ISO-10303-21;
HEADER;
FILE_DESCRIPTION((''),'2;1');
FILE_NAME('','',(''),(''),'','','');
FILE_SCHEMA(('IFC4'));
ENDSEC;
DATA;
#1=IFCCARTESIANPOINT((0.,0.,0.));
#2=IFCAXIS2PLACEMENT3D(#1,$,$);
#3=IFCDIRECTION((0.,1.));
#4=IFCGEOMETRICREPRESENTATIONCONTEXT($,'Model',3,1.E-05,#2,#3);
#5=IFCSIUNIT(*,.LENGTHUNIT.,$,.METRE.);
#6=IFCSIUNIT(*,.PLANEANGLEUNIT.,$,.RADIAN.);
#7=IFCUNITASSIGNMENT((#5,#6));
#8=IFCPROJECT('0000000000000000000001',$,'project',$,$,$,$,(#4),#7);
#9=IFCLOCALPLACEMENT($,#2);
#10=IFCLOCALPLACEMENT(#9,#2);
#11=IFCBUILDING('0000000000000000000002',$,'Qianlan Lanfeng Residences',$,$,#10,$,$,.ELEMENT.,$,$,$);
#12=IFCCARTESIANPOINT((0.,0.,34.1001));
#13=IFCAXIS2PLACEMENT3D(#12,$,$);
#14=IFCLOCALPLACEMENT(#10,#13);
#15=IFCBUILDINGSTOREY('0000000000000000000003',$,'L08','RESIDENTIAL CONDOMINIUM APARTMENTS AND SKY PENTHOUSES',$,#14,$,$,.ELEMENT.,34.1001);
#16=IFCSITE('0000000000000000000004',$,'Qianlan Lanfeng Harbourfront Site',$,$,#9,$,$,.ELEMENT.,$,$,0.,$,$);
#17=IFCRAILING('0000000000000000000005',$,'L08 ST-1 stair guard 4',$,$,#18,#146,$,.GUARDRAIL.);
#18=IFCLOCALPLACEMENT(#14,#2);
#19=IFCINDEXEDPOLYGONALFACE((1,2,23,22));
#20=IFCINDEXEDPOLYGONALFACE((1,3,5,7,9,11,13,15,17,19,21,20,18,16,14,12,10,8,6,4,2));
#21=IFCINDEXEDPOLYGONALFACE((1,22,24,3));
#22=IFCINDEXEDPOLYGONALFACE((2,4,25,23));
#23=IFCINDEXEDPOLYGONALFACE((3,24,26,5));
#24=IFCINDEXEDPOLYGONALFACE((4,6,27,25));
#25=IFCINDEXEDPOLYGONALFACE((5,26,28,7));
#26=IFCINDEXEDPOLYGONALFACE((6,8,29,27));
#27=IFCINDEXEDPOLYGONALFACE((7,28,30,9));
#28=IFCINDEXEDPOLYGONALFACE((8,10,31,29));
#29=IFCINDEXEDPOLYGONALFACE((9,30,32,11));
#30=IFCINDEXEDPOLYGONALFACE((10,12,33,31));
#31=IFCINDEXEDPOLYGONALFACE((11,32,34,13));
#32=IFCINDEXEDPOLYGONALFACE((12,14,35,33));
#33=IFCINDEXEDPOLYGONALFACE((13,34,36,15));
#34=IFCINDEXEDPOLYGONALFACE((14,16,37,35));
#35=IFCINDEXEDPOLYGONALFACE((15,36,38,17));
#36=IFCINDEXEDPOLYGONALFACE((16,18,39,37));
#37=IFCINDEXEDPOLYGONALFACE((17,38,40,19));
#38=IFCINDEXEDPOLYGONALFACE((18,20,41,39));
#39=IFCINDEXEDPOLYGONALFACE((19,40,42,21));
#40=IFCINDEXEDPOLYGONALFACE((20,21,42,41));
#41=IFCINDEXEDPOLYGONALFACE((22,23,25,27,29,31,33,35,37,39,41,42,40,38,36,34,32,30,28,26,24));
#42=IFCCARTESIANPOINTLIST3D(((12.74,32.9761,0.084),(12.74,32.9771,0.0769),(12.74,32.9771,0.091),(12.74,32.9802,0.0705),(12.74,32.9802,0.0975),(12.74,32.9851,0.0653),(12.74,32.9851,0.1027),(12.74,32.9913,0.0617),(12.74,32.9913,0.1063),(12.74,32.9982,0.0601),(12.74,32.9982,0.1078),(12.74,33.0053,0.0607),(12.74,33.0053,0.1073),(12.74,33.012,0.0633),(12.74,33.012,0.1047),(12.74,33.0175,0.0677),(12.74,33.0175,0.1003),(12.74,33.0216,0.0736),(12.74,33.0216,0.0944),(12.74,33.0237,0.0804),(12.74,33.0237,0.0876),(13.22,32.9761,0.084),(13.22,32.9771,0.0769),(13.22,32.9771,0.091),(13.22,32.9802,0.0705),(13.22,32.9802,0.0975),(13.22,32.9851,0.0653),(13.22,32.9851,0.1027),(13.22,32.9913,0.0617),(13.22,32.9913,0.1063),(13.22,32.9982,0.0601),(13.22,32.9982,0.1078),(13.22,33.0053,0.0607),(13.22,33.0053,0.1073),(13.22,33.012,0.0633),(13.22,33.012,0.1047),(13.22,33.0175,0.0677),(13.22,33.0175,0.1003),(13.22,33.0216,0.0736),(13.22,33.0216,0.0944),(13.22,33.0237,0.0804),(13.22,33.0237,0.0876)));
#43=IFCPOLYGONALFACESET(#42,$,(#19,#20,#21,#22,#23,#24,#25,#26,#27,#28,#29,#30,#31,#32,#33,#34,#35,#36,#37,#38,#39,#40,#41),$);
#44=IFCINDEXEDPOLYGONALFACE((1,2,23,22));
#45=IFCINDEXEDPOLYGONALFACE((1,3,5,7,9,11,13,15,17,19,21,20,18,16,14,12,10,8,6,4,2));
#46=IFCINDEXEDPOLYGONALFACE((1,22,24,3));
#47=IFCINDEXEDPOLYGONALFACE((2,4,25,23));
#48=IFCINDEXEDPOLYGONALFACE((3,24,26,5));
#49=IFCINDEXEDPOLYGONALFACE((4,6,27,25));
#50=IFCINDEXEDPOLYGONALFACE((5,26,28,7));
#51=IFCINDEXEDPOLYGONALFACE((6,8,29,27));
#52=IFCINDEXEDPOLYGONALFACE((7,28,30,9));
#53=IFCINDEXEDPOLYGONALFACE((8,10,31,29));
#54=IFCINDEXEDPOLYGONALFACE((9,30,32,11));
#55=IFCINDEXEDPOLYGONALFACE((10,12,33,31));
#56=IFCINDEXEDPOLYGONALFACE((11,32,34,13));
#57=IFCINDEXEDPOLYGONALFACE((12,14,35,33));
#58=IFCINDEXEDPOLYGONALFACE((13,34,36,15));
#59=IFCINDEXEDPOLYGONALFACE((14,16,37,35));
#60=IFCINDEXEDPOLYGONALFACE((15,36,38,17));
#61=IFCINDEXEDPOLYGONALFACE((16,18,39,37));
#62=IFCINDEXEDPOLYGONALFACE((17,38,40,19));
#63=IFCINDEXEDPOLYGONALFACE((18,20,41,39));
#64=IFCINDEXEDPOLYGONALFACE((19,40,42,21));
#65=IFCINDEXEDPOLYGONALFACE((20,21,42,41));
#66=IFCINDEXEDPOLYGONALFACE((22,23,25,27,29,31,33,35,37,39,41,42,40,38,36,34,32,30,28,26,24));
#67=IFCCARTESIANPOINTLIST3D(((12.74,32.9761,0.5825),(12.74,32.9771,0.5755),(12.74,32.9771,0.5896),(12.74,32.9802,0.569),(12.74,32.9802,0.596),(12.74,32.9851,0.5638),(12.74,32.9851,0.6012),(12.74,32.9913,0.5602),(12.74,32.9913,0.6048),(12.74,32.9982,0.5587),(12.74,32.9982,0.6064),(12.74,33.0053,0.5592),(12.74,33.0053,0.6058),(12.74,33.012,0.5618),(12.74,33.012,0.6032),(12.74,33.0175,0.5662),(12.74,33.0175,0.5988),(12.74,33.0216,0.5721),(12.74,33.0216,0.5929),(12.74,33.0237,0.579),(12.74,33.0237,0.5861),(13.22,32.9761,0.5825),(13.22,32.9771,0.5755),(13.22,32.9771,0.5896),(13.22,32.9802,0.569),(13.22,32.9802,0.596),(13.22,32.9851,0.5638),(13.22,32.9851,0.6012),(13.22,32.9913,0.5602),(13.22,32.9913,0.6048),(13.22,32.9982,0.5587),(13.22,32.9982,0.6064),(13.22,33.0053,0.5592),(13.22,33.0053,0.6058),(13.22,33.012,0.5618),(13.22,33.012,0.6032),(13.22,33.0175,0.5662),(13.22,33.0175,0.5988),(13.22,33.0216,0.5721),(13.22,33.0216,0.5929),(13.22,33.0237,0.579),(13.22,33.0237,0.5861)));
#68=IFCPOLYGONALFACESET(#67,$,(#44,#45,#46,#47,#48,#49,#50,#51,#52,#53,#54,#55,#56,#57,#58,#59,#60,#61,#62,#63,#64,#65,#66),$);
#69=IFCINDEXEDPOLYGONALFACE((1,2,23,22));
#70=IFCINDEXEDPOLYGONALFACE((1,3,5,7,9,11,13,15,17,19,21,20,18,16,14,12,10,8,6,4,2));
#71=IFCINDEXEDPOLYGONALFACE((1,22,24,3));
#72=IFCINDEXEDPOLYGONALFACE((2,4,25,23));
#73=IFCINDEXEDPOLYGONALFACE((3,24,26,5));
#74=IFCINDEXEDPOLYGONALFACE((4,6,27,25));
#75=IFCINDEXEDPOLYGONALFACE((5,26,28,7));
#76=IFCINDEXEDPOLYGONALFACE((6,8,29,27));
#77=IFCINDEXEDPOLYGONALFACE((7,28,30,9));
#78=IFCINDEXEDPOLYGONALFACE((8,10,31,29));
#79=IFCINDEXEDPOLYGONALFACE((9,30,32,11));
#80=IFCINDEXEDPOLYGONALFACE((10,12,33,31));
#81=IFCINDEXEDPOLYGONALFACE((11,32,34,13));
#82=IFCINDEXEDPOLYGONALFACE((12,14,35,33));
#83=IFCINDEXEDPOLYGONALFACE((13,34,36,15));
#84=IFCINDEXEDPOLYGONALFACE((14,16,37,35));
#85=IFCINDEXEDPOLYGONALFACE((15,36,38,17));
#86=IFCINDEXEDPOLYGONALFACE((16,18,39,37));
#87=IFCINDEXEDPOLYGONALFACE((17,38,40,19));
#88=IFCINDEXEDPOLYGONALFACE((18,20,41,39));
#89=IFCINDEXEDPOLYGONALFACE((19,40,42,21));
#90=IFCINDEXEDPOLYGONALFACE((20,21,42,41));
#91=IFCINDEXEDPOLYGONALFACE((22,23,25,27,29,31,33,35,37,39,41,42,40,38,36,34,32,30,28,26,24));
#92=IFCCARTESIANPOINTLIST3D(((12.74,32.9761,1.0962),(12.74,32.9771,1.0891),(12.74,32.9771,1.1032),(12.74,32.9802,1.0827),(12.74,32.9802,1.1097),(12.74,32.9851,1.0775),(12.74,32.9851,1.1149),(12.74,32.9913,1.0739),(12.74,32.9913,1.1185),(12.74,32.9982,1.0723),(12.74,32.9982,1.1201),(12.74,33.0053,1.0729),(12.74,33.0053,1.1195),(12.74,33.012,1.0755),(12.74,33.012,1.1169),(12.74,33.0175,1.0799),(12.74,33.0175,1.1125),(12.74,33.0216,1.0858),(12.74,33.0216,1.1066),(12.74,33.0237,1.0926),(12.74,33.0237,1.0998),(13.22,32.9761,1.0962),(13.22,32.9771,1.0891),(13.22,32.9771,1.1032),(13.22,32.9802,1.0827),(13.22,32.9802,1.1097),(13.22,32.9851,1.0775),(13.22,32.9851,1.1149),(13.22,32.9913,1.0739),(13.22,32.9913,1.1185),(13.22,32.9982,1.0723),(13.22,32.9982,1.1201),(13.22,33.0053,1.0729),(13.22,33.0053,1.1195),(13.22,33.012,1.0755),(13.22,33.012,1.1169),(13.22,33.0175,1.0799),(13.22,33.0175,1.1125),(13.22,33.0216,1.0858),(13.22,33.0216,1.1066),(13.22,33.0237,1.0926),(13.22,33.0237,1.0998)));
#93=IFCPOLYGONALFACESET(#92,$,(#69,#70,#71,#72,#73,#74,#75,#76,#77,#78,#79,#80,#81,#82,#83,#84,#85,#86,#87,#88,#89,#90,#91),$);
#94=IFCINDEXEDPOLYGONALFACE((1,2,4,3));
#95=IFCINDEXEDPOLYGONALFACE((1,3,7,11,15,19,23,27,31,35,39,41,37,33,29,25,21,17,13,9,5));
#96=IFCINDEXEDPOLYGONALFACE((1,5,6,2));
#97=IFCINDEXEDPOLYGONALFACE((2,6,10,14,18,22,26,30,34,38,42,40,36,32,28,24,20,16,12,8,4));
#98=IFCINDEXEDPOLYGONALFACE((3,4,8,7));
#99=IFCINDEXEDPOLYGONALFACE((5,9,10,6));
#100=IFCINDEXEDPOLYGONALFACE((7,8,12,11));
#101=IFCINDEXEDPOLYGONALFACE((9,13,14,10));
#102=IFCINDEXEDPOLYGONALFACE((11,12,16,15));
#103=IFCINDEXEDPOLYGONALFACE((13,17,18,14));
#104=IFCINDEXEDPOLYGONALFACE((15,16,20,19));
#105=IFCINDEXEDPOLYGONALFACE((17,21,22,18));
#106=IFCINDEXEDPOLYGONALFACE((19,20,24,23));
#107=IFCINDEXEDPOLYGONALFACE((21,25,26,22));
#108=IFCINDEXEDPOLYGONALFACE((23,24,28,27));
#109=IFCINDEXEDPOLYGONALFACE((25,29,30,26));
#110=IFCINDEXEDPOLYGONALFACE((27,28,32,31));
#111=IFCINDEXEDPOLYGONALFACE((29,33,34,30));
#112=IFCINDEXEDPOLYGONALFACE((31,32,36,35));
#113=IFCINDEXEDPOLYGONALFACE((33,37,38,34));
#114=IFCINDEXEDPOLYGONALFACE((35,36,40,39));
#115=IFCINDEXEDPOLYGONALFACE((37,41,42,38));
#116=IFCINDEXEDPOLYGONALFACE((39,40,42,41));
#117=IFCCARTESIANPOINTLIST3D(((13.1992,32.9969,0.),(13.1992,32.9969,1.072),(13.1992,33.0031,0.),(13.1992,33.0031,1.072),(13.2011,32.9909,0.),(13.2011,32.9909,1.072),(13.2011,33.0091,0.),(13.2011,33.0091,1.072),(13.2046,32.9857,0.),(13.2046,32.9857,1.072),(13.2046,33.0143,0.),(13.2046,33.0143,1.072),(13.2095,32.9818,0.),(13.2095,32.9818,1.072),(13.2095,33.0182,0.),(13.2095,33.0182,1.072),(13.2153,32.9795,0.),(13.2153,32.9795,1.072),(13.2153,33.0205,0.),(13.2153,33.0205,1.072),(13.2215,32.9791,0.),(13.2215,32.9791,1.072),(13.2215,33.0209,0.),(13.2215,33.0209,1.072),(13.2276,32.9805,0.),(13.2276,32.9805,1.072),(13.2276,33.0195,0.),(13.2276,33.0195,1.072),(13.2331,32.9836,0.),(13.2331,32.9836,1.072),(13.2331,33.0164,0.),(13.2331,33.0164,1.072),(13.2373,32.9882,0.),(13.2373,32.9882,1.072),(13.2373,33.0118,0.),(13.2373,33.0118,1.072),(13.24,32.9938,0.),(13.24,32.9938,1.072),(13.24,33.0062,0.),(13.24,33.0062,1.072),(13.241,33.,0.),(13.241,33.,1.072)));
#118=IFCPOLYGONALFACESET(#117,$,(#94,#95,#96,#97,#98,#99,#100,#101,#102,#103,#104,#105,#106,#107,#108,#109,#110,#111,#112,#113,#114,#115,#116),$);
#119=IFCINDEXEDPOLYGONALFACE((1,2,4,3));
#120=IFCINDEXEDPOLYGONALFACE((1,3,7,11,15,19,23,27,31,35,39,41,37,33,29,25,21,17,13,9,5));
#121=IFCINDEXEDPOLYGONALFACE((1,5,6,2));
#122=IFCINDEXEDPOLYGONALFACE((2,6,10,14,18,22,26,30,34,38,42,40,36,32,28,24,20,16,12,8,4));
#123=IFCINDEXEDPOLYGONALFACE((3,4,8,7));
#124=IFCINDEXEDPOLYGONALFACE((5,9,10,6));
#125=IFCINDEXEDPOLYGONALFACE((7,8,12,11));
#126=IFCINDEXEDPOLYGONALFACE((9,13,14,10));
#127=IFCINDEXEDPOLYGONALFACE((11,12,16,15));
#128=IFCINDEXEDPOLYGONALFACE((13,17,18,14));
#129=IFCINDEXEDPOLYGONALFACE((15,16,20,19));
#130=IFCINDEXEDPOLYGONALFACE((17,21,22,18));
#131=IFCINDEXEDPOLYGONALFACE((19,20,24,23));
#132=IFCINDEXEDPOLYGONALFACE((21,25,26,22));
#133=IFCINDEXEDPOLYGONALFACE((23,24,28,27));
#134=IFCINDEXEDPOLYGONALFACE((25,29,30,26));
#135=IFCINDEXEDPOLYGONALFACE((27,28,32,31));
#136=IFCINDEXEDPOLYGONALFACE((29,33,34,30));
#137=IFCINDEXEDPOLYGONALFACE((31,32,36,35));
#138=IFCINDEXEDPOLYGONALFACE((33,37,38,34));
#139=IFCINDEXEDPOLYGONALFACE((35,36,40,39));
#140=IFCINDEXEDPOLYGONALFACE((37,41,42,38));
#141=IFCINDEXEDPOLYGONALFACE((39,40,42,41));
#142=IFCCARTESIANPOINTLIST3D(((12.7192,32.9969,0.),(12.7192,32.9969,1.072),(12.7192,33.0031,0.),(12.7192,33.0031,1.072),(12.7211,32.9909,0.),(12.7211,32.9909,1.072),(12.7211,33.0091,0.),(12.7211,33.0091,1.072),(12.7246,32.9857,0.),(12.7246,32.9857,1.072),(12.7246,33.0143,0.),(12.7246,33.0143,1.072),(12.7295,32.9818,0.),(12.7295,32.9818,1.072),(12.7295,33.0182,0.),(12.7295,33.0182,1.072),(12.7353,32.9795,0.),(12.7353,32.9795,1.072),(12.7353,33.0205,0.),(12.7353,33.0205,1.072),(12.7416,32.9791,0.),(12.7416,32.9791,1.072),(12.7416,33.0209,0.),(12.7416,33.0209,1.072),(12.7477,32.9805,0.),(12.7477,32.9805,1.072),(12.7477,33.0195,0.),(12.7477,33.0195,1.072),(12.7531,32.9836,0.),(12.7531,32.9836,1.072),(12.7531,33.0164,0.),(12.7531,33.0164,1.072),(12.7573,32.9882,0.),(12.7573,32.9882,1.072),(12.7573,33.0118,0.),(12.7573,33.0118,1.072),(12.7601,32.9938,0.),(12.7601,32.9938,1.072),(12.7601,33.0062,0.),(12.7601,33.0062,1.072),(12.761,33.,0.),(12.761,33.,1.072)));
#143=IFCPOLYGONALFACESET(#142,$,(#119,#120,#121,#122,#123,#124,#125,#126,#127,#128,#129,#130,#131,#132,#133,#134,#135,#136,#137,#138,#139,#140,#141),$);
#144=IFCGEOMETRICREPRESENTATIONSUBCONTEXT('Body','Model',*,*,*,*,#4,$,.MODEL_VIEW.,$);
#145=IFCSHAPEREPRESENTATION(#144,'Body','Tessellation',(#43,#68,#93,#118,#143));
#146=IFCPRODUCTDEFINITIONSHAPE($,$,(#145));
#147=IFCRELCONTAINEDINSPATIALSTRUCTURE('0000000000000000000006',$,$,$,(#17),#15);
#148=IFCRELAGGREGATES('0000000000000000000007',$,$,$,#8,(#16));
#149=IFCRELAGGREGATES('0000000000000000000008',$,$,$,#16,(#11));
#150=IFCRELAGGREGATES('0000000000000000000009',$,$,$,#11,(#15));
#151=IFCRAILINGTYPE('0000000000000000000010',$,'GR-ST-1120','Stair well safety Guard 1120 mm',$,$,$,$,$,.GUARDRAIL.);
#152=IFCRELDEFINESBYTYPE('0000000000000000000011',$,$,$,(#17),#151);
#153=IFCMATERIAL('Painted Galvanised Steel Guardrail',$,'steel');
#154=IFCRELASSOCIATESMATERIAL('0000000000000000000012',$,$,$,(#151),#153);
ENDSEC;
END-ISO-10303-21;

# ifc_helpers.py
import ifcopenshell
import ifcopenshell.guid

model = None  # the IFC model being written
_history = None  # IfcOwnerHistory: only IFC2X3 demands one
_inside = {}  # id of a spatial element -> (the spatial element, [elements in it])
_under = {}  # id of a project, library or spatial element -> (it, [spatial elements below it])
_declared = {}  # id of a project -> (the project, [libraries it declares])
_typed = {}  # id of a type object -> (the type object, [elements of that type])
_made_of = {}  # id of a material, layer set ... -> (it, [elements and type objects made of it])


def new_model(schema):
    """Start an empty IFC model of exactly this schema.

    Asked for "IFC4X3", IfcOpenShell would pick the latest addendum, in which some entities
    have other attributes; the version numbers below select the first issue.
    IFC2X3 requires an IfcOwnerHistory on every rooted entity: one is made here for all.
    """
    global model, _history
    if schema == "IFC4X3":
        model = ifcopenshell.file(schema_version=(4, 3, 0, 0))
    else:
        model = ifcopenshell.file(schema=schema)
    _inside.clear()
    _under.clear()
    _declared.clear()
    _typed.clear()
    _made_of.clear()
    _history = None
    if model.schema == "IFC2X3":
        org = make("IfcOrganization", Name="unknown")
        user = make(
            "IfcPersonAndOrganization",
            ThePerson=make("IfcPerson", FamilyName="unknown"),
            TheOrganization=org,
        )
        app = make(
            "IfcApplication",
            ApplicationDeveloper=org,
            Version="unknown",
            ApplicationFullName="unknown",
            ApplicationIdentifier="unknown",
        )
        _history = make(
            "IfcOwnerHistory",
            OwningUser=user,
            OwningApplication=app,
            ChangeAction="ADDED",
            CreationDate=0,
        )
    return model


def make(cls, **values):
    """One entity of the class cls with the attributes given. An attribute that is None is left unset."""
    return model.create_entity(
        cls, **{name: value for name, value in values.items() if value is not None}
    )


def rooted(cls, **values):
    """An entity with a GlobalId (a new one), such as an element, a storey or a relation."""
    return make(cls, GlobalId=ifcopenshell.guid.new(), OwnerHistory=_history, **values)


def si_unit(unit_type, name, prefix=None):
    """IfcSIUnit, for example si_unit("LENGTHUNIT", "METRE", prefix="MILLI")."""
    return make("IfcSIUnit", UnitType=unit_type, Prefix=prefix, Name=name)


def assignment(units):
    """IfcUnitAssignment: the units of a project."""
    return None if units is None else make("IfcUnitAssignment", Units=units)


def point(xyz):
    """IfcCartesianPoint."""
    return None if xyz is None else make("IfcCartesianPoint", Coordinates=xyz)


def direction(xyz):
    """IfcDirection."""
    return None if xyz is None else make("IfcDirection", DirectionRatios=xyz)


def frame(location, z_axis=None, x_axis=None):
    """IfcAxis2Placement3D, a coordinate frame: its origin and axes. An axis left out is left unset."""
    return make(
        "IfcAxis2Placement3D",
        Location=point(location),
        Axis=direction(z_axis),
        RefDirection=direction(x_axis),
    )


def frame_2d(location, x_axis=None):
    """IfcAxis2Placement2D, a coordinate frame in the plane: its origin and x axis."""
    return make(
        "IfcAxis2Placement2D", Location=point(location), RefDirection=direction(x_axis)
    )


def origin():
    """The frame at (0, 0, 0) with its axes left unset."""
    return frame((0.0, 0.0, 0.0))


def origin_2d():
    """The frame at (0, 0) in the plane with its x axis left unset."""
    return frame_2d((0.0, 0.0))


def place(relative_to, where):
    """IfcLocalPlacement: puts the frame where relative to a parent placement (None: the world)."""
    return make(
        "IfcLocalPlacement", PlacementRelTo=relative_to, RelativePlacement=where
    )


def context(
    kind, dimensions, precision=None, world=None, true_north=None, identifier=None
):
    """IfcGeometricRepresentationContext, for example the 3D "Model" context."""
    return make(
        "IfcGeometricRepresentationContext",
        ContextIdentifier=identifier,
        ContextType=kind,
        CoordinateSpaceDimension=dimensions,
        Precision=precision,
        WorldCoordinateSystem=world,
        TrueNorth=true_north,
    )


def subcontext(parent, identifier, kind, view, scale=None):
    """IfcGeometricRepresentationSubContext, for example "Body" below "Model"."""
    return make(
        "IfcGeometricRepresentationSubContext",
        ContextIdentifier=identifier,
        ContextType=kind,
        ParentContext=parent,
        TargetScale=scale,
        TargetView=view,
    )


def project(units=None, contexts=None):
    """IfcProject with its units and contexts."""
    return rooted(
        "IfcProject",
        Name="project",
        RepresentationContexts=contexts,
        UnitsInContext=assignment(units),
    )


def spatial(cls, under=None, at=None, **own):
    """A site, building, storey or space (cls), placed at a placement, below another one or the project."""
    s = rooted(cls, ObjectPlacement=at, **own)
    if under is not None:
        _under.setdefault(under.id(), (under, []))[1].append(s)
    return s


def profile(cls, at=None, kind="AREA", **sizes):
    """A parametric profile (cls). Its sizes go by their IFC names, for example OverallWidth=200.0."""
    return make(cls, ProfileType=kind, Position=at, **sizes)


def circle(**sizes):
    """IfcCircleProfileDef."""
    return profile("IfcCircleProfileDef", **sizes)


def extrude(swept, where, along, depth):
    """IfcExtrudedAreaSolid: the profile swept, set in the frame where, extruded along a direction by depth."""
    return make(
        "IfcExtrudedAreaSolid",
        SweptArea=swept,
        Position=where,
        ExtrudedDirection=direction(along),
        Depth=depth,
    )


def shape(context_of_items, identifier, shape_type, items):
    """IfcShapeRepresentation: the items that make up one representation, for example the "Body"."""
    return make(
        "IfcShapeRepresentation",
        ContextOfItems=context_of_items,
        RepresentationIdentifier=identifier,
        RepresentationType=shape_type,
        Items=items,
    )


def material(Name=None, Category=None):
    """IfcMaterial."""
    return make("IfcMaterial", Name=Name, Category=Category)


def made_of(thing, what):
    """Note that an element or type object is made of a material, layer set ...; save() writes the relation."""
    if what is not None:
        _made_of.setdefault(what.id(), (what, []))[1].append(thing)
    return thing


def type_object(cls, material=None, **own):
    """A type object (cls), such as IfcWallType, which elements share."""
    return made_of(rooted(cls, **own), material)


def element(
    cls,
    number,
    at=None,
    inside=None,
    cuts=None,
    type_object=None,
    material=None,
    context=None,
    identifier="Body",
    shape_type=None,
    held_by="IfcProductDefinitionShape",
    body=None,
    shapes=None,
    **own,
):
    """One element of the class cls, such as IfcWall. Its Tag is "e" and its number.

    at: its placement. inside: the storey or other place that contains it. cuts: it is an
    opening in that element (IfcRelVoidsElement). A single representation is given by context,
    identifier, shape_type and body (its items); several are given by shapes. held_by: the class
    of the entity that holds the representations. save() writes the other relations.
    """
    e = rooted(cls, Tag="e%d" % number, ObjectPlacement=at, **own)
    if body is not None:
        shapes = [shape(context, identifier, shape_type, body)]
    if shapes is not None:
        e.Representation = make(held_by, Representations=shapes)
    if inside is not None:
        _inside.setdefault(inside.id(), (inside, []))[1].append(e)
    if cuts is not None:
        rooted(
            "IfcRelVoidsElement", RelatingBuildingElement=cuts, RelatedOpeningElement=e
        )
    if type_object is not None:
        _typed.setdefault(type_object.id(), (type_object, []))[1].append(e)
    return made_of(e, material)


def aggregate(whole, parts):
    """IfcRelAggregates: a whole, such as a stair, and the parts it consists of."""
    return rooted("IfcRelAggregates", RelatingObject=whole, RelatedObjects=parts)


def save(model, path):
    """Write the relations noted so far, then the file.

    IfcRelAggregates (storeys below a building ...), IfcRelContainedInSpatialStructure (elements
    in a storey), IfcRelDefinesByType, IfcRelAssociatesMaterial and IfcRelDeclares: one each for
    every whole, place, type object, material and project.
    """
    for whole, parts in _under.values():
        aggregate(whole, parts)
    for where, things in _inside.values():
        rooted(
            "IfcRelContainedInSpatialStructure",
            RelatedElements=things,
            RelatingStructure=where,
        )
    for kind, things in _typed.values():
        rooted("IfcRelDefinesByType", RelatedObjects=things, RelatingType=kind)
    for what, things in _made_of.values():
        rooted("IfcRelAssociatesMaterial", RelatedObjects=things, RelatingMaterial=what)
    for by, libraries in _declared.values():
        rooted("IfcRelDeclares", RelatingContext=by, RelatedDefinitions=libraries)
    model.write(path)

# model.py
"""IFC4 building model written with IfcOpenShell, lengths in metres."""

from ifc_helpers import new_model, si_unit, direction, frame, origin, origin_2d, place, context, subcontext, project, spatial, circle, extrude, material, type_object, element, save


model = new_model("IFC4")

# Units and contexts
model_context = context("Model", 3, precision=1e-05, world=origin(), true_north=direction((0.0, 1.0)))
body_context = subcontext(model_context, "Body", "Model", "MODEL_VIEW")
ifc_project = project(units=[si_unit("LENGTHUNIT", "METRE"), si_unit("PLANEANGLEUNIT", "RADIAN")], contexts=[model_context])

# Site, building, storey
site_placement = place(None, origin())
site = spatial("IfcSite", under=ifc_project, at=site_placement, Name="Qianlan Lanfeng Harbourfront Site", CompositionType="ELEMENT", RefElevation=0.0)
building_placement = place(site_placement, origin())
building = spatial("IfcBuilding", under=site, at=building_placement, Name="Qianlan Lanfeng Residences", CompositionType="ELEMENT")
storey_placement = place(building_placement, frame((0.0, 0.0, 34.1001)))
storey = spatial("IfcBuildingStorey", under=building, at=storey_placement, Name="L08", Description="RESIDENTIAL CONDOMINIUM APARTMENTS AND SKY PENTHOUSES", CompositionType="ELEMENT", Elevation=34.1001)

# Railing
ifc_material_1 = material(Name="Painted Galvanised Steel Guardrail", Category="steel")
railing_type = type_object("IfcRailingType", Name="GR-ST-1120", Description="Stair well safety Guard 1120 mm", PredefinedType="GUARDRAIL", material=ifc_material_1)
railing_placement = place(storey_placement, frame((13.22, 33.0, 0.0)))
element("IfcRailing", 1, at=railing_placement, inside=storey, type_object=railing_type, Name="L08 ST-1 stair guard 4", PredefinedType="GUARDRAIL", context=body_context, shape_type="SweptSolid", body=[
    extrude(circle(Radius=0.0239, at=origin_2d()), frame((0.0, 0.0, 0.084), z_axis=(-1.0, 0.0, 0.0), x_axis=(0.0, -1.0, 0.0)), (0.0, 0.0, 1.0), 0.48),
    extrude(circle(Radius=0.0239, at=origin_2d()), frame((0.0, 0.0, 0.5825), z_axis=(-1.0, 0.0, 0.0), x_axis=(0.0, -1.0, 0.0)), (0.0, 0.0, 1.0), 0.48),
    extrude(circle(Radius=0.0239, at=origin_2d()), frame((0.0, 0.0, 1.0962), z_axis=(-1.0, 0.0, 0.0), x_axis=(0.0, -1.0, 0.0)), (0.0, 0.0, 1.0), 0.48),
    extrude(circle(Radius=0.021, at=origin_2d()), origin(), (0.0, 0.0, 1.0), 1.072),
    extrude(circle(Radius=0.021, at=origin_2d()), frame((-0.48, 0.0, 0.0)), (0.0, 0.0, 1.0), 1.072),
])

save(model, "model.ifc")
